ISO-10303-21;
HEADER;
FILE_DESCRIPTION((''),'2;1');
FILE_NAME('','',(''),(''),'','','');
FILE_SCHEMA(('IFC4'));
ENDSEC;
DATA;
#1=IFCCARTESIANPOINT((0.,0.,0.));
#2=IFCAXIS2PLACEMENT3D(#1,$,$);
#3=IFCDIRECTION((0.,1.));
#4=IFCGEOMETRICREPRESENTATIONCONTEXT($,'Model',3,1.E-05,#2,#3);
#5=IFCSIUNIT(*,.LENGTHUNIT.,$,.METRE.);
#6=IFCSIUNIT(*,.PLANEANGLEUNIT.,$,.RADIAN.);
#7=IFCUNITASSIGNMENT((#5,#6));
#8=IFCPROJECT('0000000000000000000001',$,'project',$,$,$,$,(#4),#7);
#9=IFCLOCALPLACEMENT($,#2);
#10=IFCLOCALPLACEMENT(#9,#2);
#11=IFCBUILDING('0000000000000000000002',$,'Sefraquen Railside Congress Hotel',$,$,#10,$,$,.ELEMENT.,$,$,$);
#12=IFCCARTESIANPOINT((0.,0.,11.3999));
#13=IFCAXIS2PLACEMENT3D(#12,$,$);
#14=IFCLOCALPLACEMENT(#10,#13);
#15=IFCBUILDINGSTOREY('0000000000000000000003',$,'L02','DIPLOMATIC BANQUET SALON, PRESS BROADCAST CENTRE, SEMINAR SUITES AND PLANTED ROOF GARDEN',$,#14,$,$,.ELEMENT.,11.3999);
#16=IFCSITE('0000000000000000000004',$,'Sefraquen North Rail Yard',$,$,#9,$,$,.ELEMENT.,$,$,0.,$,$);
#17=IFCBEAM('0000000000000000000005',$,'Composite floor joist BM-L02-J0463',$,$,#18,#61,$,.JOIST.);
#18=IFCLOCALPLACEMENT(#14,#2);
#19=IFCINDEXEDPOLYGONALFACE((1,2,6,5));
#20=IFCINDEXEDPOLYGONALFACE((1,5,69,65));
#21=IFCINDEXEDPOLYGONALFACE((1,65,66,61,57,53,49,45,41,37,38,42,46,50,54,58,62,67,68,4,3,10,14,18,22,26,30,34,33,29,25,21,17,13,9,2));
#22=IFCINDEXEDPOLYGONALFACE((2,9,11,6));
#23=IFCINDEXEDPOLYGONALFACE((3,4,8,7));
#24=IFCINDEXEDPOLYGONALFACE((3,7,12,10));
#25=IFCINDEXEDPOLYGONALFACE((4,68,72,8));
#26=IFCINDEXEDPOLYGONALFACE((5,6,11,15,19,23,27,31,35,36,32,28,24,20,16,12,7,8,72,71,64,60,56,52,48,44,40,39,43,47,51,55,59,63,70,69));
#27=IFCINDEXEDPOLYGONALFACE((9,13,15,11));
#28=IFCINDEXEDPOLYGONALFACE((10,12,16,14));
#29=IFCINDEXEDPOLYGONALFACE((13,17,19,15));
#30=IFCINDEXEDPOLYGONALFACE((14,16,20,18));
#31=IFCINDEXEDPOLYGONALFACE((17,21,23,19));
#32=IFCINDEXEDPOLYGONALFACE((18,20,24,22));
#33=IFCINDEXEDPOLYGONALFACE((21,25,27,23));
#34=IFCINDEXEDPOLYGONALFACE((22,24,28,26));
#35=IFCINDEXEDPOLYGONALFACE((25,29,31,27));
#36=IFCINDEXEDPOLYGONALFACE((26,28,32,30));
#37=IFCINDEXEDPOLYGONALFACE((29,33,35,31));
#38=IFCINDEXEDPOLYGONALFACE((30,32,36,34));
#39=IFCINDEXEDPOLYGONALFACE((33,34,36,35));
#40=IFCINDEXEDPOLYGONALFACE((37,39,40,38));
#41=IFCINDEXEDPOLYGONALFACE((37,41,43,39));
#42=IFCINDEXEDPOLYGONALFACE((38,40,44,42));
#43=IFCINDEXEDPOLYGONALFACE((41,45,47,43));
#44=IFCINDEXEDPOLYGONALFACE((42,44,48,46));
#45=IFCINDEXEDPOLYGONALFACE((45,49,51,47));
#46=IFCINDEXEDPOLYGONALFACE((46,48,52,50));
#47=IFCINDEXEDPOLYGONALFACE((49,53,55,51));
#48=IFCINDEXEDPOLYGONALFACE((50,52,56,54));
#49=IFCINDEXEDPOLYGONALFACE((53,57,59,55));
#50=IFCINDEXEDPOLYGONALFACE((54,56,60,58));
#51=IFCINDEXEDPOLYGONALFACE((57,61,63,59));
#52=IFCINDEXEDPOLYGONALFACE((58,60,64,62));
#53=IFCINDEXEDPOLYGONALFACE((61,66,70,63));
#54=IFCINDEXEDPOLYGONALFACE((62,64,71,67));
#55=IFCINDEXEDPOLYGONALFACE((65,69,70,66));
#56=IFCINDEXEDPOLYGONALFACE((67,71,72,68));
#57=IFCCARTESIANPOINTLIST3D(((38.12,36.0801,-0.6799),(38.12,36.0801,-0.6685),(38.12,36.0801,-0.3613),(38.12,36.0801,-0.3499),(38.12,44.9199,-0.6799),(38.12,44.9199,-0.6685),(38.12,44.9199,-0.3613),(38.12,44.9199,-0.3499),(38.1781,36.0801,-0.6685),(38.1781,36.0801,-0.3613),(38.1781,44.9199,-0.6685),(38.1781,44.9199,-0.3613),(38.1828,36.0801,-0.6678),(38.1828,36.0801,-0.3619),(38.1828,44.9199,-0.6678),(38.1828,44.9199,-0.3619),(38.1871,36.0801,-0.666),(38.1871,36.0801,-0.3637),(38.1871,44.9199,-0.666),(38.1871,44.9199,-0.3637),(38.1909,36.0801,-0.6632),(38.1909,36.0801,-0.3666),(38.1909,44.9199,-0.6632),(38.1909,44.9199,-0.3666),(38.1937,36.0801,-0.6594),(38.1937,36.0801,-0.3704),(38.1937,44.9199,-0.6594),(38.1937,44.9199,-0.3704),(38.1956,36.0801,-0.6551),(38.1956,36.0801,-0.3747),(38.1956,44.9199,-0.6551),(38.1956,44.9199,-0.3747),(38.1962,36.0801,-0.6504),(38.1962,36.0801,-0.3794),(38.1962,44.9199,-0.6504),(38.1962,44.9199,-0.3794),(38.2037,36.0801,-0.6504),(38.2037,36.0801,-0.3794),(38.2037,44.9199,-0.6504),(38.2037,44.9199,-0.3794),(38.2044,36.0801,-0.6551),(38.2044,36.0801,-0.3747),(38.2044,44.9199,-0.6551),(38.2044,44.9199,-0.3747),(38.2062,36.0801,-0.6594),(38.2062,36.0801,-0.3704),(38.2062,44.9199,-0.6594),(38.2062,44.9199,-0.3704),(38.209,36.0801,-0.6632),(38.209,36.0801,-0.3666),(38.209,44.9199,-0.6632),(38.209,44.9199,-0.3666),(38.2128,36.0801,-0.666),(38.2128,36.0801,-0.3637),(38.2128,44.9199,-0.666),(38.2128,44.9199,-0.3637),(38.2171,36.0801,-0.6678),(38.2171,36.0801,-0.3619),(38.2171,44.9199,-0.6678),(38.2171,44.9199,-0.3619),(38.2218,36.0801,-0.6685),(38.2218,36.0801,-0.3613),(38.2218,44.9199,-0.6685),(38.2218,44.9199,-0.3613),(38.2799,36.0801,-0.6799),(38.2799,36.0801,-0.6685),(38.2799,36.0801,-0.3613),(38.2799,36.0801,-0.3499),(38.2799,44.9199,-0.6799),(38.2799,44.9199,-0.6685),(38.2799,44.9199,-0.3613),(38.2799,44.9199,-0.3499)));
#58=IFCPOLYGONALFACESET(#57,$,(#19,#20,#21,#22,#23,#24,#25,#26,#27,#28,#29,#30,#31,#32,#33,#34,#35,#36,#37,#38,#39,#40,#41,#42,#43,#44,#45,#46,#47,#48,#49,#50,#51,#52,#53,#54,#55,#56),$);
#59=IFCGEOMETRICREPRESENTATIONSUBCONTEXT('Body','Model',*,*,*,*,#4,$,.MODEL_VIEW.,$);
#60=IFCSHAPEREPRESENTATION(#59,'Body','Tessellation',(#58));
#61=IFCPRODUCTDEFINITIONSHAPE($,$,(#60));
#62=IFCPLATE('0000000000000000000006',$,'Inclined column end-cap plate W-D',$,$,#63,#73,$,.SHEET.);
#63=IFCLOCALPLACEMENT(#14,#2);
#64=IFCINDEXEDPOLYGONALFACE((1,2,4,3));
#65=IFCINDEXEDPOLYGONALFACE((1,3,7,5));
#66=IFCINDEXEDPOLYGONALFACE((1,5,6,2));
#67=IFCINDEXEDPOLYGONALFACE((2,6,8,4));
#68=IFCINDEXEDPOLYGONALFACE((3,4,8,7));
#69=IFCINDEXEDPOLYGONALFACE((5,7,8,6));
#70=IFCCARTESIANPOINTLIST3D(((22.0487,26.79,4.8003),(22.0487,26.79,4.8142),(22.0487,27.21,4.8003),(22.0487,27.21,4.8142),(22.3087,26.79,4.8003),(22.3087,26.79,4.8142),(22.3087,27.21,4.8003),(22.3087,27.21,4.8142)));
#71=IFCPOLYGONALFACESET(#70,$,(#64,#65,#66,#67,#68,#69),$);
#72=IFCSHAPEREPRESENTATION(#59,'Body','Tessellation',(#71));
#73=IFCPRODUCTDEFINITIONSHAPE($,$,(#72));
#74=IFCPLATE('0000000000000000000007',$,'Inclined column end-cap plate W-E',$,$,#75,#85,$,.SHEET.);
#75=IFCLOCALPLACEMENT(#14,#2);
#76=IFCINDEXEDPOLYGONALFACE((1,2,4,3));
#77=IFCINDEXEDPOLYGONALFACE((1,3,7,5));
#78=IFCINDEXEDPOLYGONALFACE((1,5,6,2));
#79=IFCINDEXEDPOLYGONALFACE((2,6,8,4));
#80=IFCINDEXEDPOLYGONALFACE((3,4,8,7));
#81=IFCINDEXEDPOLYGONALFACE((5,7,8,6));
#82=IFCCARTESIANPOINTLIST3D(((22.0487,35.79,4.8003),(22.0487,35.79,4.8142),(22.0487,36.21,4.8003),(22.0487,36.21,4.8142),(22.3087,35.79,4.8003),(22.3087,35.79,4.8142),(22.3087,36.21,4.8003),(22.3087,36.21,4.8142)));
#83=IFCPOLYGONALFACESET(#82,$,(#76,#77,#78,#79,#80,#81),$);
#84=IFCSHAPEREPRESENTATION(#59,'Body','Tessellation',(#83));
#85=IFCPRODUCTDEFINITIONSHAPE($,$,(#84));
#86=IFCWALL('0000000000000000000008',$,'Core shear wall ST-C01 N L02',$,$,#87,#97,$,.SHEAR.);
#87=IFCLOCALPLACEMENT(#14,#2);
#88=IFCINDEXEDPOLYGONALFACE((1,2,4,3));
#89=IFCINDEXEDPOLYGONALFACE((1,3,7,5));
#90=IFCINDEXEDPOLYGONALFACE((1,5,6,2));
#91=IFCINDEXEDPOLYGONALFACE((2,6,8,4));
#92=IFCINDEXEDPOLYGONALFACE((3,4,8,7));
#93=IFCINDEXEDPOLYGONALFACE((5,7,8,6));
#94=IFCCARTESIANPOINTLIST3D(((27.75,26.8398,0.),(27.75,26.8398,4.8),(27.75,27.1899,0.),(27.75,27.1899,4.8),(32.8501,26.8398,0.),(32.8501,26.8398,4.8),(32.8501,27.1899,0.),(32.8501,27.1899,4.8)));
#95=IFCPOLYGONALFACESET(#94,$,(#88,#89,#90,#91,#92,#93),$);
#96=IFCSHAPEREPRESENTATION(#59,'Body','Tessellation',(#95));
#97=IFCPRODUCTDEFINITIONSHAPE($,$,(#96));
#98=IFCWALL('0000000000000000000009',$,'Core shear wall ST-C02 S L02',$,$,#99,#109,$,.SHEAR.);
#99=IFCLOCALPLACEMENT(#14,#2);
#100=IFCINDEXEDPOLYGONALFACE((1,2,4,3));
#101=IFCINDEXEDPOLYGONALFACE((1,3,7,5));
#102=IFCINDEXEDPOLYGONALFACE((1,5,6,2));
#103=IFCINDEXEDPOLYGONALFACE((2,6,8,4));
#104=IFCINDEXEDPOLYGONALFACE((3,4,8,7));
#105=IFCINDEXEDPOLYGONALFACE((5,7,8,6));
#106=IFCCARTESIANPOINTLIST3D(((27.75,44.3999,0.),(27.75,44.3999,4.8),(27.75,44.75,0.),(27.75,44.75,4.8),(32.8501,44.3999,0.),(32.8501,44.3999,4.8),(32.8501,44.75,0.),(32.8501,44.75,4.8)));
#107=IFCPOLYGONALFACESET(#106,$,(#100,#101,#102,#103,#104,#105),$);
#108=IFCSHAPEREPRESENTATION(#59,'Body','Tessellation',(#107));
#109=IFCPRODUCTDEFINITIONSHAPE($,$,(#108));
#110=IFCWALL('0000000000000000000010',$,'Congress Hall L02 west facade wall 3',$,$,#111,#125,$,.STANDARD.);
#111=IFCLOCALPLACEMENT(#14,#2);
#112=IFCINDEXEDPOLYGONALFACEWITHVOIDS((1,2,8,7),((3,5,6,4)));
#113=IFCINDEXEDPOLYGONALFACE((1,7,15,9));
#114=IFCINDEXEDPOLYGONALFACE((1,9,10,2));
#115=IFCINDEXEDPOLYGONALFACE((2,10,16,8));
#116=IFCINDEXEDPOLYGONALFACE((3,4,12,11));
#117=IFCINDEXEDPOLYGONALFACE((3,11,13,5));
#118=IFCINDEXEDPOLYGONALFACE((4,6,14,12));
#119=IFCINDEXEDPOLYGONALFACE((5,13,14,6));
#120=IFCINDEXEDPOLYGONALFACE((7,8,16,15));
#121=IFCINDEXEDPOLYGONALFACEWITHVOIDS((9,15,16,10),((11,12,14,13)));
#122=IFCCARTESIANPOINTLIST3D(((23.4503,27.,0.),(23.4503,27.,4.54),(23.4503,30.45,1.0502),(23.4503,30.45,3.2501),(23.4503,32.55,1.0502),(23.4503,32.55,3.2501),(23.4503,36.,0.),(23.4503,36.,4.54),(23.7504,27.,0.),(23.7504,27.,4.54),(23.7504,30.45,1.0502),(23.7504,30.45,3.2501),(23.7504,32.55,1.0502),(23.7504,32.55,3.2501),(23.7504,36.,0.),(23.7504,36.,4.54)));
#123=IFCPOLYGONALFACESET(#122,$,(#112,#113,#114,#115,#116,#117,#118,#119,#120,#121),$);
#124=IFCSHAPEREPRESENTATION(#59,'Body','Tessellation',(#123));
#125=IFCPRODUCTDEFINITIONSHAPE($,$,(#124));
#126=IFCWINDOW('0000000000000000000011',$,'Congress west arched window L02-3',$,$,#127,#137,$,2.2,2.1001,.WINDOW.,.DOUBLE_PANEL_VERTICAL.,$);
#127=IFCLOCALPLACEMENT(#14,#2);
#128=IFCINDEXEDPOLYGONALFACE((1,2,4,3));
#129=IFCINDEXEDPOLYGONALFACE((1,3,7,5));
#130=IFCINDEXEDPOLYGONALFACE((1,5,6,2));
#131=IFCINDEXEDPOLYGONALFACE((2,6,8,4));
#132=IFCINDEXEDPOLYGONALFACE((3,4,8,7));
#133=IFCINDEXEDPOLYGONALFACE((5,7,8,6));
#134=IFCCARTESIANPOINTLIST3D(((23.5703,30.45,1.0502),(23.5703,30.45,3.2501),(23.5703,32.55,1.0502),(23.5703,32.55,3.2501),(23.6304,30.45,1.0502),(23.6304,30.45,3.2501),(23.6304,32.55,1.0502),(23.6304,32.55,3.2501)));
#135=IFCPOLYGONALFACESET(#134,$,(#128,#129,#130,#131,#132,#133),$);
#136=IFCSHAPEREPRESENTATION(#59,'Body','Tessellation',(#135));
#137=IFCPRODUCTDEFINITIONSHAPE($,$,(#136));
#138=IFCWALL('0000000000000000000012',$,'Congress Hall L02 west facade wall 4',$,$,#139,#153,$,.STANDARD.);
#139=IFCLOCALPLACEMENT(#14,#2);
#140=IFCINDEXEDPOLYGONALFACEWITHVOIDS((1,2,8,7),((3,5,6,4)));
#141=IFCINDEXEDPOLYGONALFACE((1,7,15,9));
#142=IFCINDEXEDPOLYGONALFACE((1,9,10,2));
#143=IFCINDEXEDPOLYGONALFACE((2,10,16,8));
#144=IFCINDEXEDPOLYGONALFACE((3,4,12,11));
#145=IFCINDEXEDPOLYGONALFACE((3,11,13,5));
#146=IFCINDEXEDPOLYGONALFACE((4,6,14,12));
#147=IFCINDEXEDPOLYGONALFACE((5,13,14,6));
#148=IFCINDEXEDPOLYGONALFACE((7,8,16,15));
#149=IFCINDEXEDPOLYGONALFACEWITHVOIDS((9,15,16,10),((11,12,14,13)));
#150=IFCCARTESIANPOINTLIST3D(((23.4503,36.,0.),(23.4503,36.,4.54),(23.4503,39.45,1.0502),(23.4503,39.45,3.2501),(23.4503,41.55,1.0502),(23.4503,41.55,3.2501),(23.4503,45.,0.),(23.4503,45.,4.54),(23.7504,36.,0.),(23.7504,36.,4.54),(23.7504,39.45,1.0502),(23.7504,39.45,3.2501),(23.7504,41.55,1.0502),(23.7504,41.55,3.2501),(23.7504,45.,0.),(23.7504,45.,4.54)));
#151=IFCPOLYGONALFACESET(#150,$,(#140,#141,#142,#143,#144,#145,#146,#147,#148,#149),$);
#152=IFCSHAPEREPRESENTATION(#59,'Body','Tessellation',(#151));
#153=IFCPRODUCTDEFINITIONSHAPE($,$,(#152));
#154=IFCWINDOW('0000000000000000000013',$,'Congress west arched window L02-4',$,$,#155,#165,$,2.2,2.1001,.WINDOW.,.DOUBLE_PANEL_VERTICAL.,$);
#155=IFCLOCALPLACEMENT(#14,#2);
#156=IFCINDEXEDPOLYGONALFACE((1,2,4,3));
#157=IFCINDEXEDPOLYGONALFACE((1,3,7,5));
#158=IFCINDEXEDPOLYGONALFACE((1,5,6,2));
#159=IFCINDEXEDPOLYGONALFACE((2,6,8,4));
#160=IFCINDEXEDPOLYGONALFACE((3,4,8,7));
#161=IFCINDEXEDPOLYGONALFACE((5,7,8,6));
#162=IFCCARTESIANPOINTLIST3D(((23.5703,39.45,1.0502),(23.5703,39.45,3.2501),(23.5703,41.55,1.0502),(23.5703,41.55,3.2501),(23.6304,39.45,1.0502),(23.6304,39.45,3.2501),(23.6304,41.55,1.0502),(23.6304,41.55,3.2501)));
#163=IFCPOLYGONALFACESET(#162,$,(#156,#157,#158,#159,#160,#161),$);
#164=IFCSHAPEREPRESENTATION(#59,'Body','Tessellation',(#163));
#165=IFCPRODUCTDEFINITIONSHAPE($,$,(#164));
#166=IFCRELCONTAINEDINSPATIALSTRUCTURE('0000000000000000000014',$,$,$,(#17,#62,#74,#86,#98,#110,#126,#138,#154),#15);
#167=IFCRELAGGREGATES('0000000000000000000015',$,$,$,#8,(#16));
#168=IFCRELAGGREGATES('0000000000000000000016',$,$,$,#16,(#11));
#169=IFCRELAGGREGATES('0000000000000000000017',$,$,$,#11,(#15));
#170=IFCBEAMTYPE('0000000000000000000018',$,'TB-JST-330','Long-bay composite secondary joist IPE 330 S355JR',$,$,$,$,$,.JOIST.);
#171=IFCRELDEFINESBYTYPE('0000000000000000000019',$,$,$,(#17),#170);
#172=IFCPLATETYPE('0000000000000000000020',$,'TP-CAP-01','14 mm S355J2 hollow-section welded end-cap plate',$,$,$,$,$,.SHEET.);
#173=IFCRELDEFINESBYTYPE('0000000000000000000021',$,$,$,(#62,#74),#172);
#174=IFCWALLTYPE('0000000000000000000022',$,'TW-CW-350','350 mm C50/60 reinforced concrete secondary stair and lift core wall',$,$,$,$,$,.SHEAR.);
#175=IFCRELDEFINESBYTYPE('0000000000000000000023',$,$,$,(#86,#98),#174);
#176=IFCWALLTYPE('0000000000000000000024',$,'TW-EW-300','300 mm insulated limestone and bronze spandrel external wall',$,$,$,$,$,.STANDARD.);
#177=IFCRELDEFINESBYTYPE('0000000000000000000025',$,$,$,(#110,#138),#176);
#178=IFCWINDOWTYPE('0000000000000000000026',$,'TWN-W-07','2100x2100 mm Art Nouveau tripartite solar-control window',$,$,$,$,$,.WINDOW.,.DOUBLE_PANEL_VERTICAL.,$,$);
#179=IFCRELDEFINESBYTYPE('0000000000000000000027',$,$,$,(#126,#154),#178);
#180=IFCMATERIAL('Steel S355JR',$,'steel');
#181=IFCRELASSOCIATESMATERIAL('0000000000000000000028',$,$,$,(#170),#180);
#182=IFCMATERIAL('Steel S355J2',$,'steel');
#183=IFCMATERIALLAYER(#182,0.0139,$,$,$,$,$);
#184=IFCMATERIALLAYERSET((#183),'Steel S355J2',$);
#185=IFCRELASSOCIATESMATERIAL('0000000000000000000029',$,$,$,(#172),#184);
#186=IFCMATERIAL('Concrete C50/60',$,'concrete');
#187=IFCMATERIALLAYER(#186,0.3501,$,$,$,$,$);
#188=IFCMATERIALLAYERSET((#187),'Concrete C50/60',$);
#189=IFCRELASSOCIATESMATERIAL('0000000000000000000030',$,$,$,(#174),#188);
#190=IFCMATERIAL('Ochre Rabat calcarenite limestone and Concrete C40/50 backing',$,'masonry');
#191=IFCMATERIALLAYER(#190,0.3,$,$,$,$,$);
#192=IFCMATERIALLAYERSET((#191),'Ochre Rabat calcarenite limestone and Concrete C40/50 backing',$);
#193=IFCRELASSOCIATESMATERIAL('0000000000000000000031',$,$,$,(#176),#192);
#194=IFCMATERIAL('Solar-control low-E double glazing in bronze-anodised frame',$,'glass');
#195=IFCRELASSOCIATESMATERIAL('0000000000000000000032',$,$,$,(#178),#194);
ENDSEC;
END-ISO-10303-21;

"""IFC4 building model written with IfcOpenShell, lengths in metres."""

from ifc_helpers import new_model, si_unit, direction, frame, frame_2d, origin, origin_2d, place, context, subcontext, project, spatial, rectangle, i_section, extrude, material, layer, layer_set, material_profile, profile_set, type_object, element, fill, save


model = new_model("IFC4")

# Units and contexts
model_context = context("Model", 3, precision=1e-05, world=origin(), true_north=direction((0.0, 1.0)))
body_context = subcontext(model_context, "Body", "Model", "MODEL_VIEW")
ifc_project = project(units=[si_unit("LENGTHUNIT", "METRE"), si_unit("PLANEANGLEUNIT", "RADIAN")], contexts=[model_context])

# Site, building, storey
site_placement = place(None, origin())
site = spatial("IfcSite", under=ifc_project, at=site_placement, Name="Sefraquen North Rail Yard", CompositionType="ELEMENT", RefElevation=0.0)
building_placement = place(site_placement, origin())
building = spatial("IfcBuilding", under=site, at=building_placement, Name="Sefraquen Railside Congress Hotel", CompositionType="ELEMENT")
storey_placement = place(building_placement, frame((0.0, 0.0, 11.3999)))
storey = spatial("IfcBuildingStorey", under=building, at=storey_placement, Name="L02", Description="DIPLOMATIC BANQUET SALON, PRESS BROADCAST CENTRE, SEMINAR SUITES AND PLANTED ROOF GARDEN", CompositionType="ELEMENT", Elevation=11.3999)

# Shared definitions
ifc_material_1 = material(Name="Steel S355JR", Category="steel")
ifc_material_2 = material(Name="Steel S355J2", Category="steel")

# Beam
ifc_material_profile_1 = material_profile(ifc_material_1, i_section(OverallWidth=0.1599, OverallDepth=0.3301, WebThickness=0.0076, FlangeThickness=0.0115, FilletRadius=0.0181, at=origin_2d()), Name="IPE 330")
ifc_profile_set_1 = profile_set([ifc_material_profile_1], Name="Steel S355JR")
beam_type_1 = type_object("IfcBeamType", Name="TB-JST-330", Description="Long-bay composite secondary joist IPE 330 S355JR", PredefinedType="JOIST", material=ifc_profile_set_1)
for number, where, z_axis, x_axis, name in (
    (1, (38.2, 36.0801, -0.5149), (0.0, 1.0, 0.0), (-1.0, 0.0, 0.0), "Composite floor joist BM-L02-J0463"),
):
    element("IfcBeam", number, at=place(storey_placement, frame(where, z_axis=z_axis, x_axis=x_axis)), inside=storey, type_object=beam_type_1, Name=name, PredefinedType="JOIST", context=body_context, shape_type="SweptSolid", body=[
        extrude(i_section(OverallWidth=0.1599, OverallDepth=0.3301, WebThickness=0.0076, FlangeThickness=0.0115, FilletRadius=0.0181, at=origin_2d()), origin(), (0.0, 0.0, 1.0), 8.8398),
    ])

# Plates
ifc_layer_1 = layer(ifc_material_2, 0.0139)
ifc_layer_set_1 = layer_set([ifc_layer_1], Name="Steel S355J2")
plate_type = type_object("IfcPlateType", Name="TP-CAP-01", Description="14 mm S355J2 hollow-section welded end-cap plate", PredefinedType="SHEET", material=ifc_layer_set_1)
for number, where, z_axis, x_axis, name in (
    (2, (22.1787, 27.0, 4.8003), (0.0, 0.0, 1.0), (1.0, 0.0, 0.0), "Inclined column end-cap plate W-D"),
    (3, (22.1787, 36.0, 4.8003), (0.0, 0.0, 1.0), (1.0, 0.0, 0.0), "Inclined column end-cap plate W-E"),
):
    element("IfcPlate", number, at=place(storey_placement, frame(where, z_axis=z_axis, x_axis=x_axis)), inside=storey, type_object=plate_type, Name=name, PredefinedType="SHEET", context=body_context, shape_type="SweptSolid", body=[
        extrude(rectangle(XDim=0.26, YDim=0.4199, at=origin_2d()), origin(), (0.0, 0.0, 1.0), 0.0139),
    ])

# Walls
ifc_material_3 = material(Name="Concrete C50/60", Category="concrete")
ifc_layer_2 = layer(ifc_material_3, 0.3501)
ifc_layer_set_2 = layer_set([ifc_layer_2], Name="Concrete C50/60")
wall_type_1 = type_object("IfcWallType", Name="TW-CW-350", Description="350 mm C50/60 reinforced concrete secondary stair and lift core wall", PredefinedType="SHEAR", material=ifc_layer_set_2)
for number, where, z_axis, x_axis, name in (
    (4, (27.75, 27.0149, 0.0), (0.0, 0.0, 1.0), (1.0, 0.0, 0.0), "Core shear wall ST-C01 N L02"),
    (5, (27.75, 44.575, 0.0), (0.0, 0.0, 1.0), (1.0, 0.0, 0.0), "Core shear wall ST-C02 S L02"),
):
    element("IfcWall", number, at=place(storey_placement, frame(where, z_axis=z_axis, x_axis=x_axis)), inside=storey, type_object=wall_type_1, Name=name, PredefinedType="SHEAR", context=body_context, shape_type="SweptSolid", body=[
        extrude(rectangle(XDim=5.1001, YDim=0.3501, at=frame_2d((2.55, 0.0))), origin(), (0.0, 0.0, 1.0), 4.8),
    ])

# Walls, openings, windows
ifc_material_4 = material(Name="Ochre Rabat calcarenite limestone and Concrete C40/50 backing", Category="masonry")
ifc_layer_3 = layer(ifc_material_4, 0.3)
ifc_layer_set_3 = layer_set([ifc_layer_3], Name="Ochre Rabat calcarenite limestone and Concrete C40/50 backing")
wall_type_2 = type_object("IfcWallType", Name="TW-EW-300", Description="300 mm insulated limestone and bronze spandrel external wall", PredefinedType="STANDARD", material=ifc_layer_set_3)
wall_1_placement = place(storey_placement, frame((23.6003, 27.0, 0.0), z_axis=(0.0, 0.0, 1.0), x_axis=(0.0, 1.0, 0.0)))
wall_1 = element("IfcWall", 6, at=wall_1_placement, inside=storey, type_object=wall_type_2, Name="Congress Hall L02 west facade wall 3", PredefinedType="STANDARD", context=body_context, shape_type="SweptSolid", body=[
    extrude(rectangle(XDim=9.0, YDim=0.3, at=frame_2d((4.5, 0.0))), origin(), (0.0, 0.0, 1.0), 4.54),
])
opening_1_placement = place(wall_1_placement, frame((3.45, 0.0, 1.05)))
opening_1 = element("IfcOpeningElement", 7, at=opening_1_placement, cuts=wall_1, PredefinedType="OPENING", context=body_context, shape_type="SweptSolid", body=[
    extrude(rectangle(XDim=2.1001, YDim=2.2, at=frame_2d((1.05, 1.1001))), frame((0.0, 0.1599, 0.0), z_axis=(0.0, -1.0, 0.0), x_axis=(1.0, 0.0, 0.0)), (0.0, 0.0, 1.0), 0.3201),
])
ifc_material_5 = material(Name="Solar-control low-E double glazing in bronze-anodised frame", Category="glass")
window_type = type_object("IfcWindowType", Name="TWN-W-07", Description="2100x2100 mm Art Nouveau tripartite solar-control window", PartitioningType="DOUBLE_PANEL_VERTICAL", PredefinedType="WINDOW", material=ifc_material_5)
window_1_placement = place(opening_1_placement, origin())
window_1 = element("IfcWindow", 8, at=window_1_placement, inside=storey, type_object=window_type, Name="Congress west arched window L02-3", OverallHeight=2.2, OverallWidth=2.1001, PartitioningType="DOUBLE_PANEL_VERTICAL", PredefinedType="WINDOW", context=body_context, shape_type="SweptSolid", body=[
    extrude(rectangle(XDim=2.1001, YDim=2.2, at=frame_2d((1.05, 1.1001))), frame((0.0, 0.03, 0.0), z_axis=(0.0, -1.0, 0.0), x_axis=(1.0, 0.0, 0.0)), (0.0, 0.0, 1.0), 0.0601),
])
fill(opening_1, window_1)
wall_2_placement = place(storey_placement, frame((23.6003, 36.0, 0.0), z_axis=(0.0, 0.0, 1.0), x_axis=(0.0, 1.0, 0.0)))
wall_2 = element("IfcWall", 9, at=wall_2_placement, inside=storey, type_object=wall_type_2, Name="Congress Hall L02 west facade wall 4", PredefinedType="STANDARD", context=body_context, shape_type="SweptSolid", body=[
    extrude(rectangle(XDim=9.0, YDim=0.3, at=frame_2d((4.5, 0.0))), origin(), (0.0, 0.0, 1.0), 4.54),
])
opening_2_placement = place(wall_2_placement, frame((3.45, 0.0, 1.05)))
opening_2 = element("IfcOpeningElement", 10, at=opening_2_placement, cuts=wall_2, PredefinedType="OPENING", context=body_context, shape_type="SweptSolid", body=[
    extrude(rectangle(XDim=2.1001, YDim=2.2, at=frame_2d((1.05, 1.1001))), frame((0.0, 0.1599, 0.0), z_axis=(0.0, -1.0, 0.0), x_axis=(1.0, 0.0, 0.0)), (0.0, 0.0, 1.0), 0.3201),
])
window_2_placement = place(opening_2_placement, origin())
window_2 = element("IfcWindow", 11, at=window_2_placement, inside=storey, type_object=window_type, Name="Congress west arched window L02-4", OverallHeight=2.2, OverallWidth=2.1001, PartitioningType="DOUBLE_PANEL_VERTICAL", PredefinedType="WINDOW", context=body_context, shape_type="SweptSolid", body=[
    extrude(rectangle(XDim=2.1001, YDim=2.2, at=frame_2d((1.05, 1.1001))), frame((0.0, 0.03, 0.0), z_axis=(0.0, -1.0, 0.0), x_axis=(1.0, 0.0, 0.0)), (0.0, 0.0, 1.0), 0.0601),
])
fill(opening_2, window_2)

save(model, "model.ifc")
